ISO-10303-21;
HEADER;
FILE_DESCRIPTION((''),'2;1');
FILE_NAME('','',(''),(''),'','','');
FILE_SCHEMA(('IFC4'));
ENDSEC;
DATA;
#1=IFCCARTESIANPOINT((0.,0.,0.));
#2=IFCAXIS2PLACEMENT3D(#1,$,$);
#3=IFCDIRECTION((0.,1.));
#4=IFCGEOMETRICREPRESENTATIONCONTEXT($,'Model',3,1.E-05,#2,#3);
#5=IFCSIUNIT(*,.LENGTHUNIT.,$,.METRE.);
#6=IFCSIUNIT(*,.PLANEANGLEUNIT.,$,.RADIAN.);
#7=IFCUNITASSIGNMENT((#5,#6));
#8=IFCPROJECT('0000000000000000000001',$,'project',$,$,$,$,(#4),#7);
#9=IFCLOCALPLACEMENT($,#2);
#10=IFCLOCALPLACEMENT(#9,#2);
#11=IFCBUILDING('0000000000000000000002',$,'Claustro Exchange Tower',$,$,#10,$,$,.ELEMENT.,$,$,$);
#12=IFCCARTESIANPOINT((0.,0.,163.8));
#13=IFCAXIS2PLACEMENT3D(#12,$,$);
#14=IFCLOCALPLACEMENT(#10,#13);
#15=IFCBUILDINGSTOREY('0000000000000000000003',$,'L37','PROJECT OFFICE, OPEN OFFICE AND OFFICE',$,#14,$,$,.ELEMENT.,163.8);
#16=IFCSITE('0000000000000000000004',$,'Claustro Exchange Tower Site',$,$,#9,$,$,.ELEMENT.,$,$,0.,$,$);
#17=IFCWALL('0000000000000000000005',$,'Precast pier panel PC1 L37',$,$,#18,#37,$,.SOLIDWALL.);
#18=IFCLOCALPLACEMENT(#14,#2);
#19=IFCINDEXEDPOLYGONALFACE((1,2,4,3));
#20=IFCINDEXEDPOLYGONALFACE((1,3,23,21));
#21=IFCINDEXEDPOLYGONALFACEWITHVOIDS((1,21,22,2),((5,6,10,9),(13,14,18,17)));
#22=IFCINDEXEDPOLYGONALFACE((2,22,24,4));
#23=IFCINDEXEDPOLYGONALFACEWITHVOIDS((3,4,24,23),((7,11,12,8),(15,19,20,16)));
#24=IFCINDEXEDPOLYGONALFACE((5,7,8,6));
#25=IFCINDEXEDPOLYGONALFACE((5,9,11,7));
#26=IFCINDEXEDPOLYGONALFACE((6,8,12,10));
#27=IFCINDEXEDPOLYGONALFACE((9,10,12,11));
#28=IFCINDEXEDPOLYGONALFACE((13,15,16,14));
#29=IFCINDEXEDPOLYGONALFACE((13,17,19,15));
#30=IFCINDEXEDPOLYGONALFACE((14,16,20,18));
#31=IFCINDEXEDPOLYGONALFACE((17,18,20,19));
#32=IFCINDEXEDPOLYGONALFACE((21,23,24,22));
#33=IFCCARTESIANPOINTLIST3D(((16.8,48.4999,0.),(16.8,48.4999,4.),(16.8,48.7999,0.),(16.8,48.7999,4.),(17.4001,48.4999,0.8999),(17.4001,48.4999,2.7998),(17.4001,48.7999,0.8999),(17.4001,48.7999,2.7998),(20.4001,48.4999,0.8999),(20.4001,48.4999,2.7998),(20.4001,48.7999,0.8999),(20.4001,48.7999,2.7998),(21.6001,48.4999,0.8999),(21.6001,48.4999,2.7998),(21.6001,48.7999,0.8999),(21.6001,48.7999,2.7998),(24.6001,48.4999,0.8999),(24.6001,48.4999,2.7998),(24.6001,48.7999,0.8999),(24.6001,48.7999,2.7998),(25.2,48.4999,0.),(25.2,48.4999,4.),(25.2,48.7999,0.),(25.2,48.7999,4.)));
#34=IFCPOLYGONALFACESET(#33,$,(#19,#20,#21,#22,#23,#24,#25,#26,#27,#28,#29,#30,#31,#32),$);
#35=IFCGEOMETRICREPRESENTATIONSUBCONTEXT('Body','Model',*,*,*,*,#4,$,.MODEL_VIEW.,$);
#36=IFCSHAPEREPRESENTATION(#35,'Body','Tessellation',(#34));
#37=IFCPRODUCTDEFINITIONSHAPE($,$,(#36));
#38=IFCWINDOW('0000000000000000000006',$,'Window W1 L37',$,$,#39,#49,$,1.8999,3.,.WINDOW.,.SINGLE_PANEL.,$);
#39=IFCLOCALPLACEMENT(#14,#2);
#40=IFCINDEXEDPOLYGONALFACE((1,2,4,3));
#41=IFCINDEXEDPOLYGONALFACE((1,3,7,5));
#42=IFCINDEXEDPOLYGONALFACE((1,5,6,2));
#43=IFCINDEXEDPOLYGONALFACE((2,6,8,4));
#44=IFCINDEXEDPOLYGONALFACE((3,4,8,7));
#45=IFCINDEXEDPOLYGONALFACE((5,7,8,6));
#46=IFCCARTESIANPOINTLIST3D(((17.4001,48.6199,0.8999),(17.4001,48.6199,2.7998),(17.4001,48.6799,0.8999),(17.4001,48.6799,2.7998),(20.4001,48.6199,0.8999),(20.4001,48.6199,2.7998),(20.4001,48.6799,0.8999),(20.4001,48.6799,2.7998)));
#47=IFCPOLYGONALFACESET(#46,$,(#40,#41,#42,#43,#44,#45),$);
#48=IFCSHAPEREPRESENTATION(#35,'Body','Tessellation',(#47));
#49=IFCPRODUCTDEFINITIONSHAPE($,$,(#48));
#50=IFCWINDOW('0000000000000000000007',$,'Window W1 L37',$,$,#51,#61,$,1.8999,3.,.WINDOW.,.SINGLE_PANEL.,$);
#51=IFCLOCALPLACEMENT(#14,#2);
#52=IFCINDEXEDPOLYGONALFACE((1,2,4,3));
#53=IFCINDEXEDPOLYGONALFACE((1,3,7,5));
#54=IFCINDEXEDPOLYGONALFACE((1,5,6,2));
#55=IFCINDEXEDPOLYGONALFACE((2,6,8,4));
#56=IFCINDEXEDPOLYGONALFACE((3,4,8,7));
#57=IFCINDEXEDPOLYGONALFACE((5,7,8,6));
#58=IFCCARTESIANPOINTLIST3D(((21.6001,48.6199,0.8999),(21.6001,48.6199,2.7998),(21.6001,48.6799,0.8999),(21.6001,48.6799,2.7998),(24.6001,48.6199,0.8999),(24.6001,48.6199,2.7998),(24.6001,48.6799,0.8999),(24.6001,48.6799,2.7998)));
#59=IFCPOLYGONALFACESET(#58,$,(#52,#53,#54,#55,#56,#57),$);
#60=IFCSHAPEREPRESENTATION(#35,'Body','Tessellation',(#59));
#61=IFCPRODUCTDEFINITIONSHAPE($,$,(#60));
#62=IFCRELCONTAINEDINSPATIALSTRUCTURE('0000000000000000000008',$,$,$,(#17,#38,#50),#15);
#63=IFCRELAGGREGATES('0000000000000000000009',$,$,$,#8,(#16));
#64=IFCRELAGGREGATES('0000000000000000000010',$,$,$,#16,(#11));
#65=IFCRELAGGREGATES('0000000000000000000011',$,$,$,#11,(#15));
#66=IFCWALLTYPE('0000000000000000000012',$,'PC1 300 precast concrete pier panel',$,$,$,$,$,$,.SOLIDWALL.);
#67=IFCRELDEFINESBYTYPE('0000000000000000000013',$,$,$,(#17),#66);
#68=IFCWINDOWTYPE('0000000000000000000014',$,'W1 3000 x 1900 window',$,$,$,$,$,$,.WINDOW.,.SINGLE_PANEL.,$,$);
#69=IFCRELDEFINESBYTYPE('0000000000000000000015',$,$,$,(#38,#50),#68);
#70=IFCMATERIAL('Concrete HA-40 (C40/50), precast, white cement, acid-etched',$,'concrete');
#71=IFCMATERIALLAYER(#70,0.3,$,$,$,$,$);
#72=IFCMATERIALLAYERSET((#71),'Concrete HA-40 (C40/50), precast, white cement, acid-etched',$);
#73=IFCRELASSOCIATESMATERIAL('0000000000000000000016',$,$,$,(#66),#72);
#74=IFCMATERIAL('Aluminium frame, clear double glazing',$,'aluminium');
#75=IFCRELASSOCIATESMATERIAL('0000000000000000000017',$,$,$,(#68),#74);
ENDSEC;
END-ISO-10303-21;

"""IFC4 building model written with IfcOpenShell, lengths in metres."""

from ifc_helpers import new_model, si_unit, direction, frame, frame_2d, origin, place, context, subcontext, project, spatial, rectangle, extrude, material, layer, layer_set, type_object, element, fill, save


model = new_model("IFC4")

# Units and contexts
model_context = context("Model", 3, precision=1e-05, world=origin(), true_north=direction((0.0, 1.0)))
body_context = subcontext(model_context, "Body", "Model", "MODEL_VIEW")
ifc_project = project(units=[si_unit("LENGTHUNIT", "METRE"), si_unit("PLANEANGLEUNIT", "RADIAN")], contexts=[model_context])

# Site, building, storey
site_placement = place(None, origin())
site = spatial("IfcSite", under=ifc_project, at=site_placement, Name="Claustro Exchange Tower Site", CompositionType="ELEMENT", RefElevation=0.0)
building_placement = place(site_placement, origin())
building = spatial("IfcBuilding", under=site, at=building_placement, Name="Claustro Exchange Tower", CompositionType="ELEMENT")
storey_placement = place(building_placement, frame((0.0, 0.0, 163.8)))
storey = spatial("IfcBuildingStorey", under=building, at=storey_placement, Name="L37", Description="PROJECT OFFICE, OPEN OFFICE AND OFFICE", CompositionType="ELEMENT", Elevation=163.8)

# Wall, openings, windows
ifc_material_1 = material(Name="Concrete HA-40 (C40/50), precast, white cement, acid-etched", Category="concrete")
ifc_layer_1 = layer(ifc_material_1, 0.3)
ifc_layer_set_1 = layer_set([ifc_layer_1], Name="Concrete HA-40 (C40/50), precast, white cement, acid-etched")
wall_type_1 = type_object("IfcWallType", Name="PC1 300 precast concrete pier panel", PredefinedType="SOLIDWALL", material=ifc_layer_set_1)
ifc_material_2 = material(Name="Aluminium frame, clear double glazing", Category="aluminium")
window_type = type_object("IfcWindowType", Name="W1 3000 x 1900 window", PartitioningType="SINGLE_PANEL", PredefinedType="WINDOW", material=ifc_material_2)
wall_1_placement = place(storey_placement, frame((16.8, 48.6499, 0.0), z_axis=(0.0, 0.0, 1.0), x_axis=(1.0, 0.0, 0.0)))
wall_1 = element("IfcWall", 1, at=wall_1_placement, inside=storey, type_object=wall_type_1, Name="Precast pier panel PC1 L37", PredefinedType="SOLIDWALL", context=body_context, shape_type="SweptSolid", body=[
    extrude(rectangle(XDim=8.3999, YDim=0.3, at=frame_2d((4.2, 0.0))), origin(), (0.0, 0.0, 1.0), 4.0),
])
opening_1_placement = place(wall_1_placement, frame((0.6001, 0.0, 0.8999)))
opening_1 = element("IfcOpeningElement", 2, at=opening_1_placement, cuts=wall_1, PredefinedType="OPENING", context=body_context, shape_type="SweptSolid", body=[
    extrude(rectangle(XDim=3.0, YDim=1.8999, at=frame_2d((1.5, 0.95))), frame((0.0, 0.1599, 0.0), z_axis=(0.0, -1.0, 0.0), x_axis=(1.0, 0.0, 0.0)), (0.0, 0.0, 1.0), 0.3201),
])
opening_2_placement = place(wall_1_placement, frame((4.8, 0.0, 0.8999)))
opening_2 = element("IfcOpeningElement", 3, at=opening_2_placement, cuts=wall_1, PredefinedType="OPENING", context=body_context, shape_type="SweptSolid", body=[
    extrude(rectangle(XDim=3.0, YDim=1.8999, at=frame_2d((1.5, 0.95))), frame((0.0, 0.1599, 0.0), z_axis=(0.0, -1.0, 0.0), x_axis=(1.0, 0.0, 0.0)), (0.0, 0.0, 1.0), 0.3201),
])
window_1_placement = place(opening_1_placement, origin())
window_1 = element("IfcWindow", 4, at=window_1_placement, inside=storey, type_object=window_type, Name="Window W1 L37", OverallHeight=1.8999, OverallWidth=3.0, PartitioningType="SINGLE_PANEL", PredefinedType="WINDOW", context=body_context, shape_type="SweptSolid", body=[
    extrude(rectangle(XDim=3.0, YDim=1.8999, at=frame_2d((1.5, 0.95))), frame((0.0, 0.03, 0.0), z_axis=(0.0, -1.0, 0.0), x_axis=(1.0, 0.0, 0.0)), (0.0, 0.0, 1.0), 0.0601),
])
fill(opening_1, window_1)
window_2_placement = place(opening_2_placement, origin())
window_2 = element("IfcWindow", 5, at=window_2_placement, inside=storey, type_object=window_type, Name="Window W1 L37", OverallHeight=1.8999, OverallWidth=3.0, PartitioningType="SINGLE_PANEL", PredefinedType="WINDOW", context=body_context, shape_type="SweptSolid", body=[
    extrude(rectangle(XDim=3.0, YDim=1.8999, at=frame_2d((1.5, 0.95))), frame((0.0, 0.03, 0.0), z_axis=(0.0, -1.0, 0.0), x_axis=(1.0, 0.0, 0.0)), (0.0, 0.0, 1.0), 0.0601),
])
fill(opening_2, window_2)

save(model, "model.ifc")
